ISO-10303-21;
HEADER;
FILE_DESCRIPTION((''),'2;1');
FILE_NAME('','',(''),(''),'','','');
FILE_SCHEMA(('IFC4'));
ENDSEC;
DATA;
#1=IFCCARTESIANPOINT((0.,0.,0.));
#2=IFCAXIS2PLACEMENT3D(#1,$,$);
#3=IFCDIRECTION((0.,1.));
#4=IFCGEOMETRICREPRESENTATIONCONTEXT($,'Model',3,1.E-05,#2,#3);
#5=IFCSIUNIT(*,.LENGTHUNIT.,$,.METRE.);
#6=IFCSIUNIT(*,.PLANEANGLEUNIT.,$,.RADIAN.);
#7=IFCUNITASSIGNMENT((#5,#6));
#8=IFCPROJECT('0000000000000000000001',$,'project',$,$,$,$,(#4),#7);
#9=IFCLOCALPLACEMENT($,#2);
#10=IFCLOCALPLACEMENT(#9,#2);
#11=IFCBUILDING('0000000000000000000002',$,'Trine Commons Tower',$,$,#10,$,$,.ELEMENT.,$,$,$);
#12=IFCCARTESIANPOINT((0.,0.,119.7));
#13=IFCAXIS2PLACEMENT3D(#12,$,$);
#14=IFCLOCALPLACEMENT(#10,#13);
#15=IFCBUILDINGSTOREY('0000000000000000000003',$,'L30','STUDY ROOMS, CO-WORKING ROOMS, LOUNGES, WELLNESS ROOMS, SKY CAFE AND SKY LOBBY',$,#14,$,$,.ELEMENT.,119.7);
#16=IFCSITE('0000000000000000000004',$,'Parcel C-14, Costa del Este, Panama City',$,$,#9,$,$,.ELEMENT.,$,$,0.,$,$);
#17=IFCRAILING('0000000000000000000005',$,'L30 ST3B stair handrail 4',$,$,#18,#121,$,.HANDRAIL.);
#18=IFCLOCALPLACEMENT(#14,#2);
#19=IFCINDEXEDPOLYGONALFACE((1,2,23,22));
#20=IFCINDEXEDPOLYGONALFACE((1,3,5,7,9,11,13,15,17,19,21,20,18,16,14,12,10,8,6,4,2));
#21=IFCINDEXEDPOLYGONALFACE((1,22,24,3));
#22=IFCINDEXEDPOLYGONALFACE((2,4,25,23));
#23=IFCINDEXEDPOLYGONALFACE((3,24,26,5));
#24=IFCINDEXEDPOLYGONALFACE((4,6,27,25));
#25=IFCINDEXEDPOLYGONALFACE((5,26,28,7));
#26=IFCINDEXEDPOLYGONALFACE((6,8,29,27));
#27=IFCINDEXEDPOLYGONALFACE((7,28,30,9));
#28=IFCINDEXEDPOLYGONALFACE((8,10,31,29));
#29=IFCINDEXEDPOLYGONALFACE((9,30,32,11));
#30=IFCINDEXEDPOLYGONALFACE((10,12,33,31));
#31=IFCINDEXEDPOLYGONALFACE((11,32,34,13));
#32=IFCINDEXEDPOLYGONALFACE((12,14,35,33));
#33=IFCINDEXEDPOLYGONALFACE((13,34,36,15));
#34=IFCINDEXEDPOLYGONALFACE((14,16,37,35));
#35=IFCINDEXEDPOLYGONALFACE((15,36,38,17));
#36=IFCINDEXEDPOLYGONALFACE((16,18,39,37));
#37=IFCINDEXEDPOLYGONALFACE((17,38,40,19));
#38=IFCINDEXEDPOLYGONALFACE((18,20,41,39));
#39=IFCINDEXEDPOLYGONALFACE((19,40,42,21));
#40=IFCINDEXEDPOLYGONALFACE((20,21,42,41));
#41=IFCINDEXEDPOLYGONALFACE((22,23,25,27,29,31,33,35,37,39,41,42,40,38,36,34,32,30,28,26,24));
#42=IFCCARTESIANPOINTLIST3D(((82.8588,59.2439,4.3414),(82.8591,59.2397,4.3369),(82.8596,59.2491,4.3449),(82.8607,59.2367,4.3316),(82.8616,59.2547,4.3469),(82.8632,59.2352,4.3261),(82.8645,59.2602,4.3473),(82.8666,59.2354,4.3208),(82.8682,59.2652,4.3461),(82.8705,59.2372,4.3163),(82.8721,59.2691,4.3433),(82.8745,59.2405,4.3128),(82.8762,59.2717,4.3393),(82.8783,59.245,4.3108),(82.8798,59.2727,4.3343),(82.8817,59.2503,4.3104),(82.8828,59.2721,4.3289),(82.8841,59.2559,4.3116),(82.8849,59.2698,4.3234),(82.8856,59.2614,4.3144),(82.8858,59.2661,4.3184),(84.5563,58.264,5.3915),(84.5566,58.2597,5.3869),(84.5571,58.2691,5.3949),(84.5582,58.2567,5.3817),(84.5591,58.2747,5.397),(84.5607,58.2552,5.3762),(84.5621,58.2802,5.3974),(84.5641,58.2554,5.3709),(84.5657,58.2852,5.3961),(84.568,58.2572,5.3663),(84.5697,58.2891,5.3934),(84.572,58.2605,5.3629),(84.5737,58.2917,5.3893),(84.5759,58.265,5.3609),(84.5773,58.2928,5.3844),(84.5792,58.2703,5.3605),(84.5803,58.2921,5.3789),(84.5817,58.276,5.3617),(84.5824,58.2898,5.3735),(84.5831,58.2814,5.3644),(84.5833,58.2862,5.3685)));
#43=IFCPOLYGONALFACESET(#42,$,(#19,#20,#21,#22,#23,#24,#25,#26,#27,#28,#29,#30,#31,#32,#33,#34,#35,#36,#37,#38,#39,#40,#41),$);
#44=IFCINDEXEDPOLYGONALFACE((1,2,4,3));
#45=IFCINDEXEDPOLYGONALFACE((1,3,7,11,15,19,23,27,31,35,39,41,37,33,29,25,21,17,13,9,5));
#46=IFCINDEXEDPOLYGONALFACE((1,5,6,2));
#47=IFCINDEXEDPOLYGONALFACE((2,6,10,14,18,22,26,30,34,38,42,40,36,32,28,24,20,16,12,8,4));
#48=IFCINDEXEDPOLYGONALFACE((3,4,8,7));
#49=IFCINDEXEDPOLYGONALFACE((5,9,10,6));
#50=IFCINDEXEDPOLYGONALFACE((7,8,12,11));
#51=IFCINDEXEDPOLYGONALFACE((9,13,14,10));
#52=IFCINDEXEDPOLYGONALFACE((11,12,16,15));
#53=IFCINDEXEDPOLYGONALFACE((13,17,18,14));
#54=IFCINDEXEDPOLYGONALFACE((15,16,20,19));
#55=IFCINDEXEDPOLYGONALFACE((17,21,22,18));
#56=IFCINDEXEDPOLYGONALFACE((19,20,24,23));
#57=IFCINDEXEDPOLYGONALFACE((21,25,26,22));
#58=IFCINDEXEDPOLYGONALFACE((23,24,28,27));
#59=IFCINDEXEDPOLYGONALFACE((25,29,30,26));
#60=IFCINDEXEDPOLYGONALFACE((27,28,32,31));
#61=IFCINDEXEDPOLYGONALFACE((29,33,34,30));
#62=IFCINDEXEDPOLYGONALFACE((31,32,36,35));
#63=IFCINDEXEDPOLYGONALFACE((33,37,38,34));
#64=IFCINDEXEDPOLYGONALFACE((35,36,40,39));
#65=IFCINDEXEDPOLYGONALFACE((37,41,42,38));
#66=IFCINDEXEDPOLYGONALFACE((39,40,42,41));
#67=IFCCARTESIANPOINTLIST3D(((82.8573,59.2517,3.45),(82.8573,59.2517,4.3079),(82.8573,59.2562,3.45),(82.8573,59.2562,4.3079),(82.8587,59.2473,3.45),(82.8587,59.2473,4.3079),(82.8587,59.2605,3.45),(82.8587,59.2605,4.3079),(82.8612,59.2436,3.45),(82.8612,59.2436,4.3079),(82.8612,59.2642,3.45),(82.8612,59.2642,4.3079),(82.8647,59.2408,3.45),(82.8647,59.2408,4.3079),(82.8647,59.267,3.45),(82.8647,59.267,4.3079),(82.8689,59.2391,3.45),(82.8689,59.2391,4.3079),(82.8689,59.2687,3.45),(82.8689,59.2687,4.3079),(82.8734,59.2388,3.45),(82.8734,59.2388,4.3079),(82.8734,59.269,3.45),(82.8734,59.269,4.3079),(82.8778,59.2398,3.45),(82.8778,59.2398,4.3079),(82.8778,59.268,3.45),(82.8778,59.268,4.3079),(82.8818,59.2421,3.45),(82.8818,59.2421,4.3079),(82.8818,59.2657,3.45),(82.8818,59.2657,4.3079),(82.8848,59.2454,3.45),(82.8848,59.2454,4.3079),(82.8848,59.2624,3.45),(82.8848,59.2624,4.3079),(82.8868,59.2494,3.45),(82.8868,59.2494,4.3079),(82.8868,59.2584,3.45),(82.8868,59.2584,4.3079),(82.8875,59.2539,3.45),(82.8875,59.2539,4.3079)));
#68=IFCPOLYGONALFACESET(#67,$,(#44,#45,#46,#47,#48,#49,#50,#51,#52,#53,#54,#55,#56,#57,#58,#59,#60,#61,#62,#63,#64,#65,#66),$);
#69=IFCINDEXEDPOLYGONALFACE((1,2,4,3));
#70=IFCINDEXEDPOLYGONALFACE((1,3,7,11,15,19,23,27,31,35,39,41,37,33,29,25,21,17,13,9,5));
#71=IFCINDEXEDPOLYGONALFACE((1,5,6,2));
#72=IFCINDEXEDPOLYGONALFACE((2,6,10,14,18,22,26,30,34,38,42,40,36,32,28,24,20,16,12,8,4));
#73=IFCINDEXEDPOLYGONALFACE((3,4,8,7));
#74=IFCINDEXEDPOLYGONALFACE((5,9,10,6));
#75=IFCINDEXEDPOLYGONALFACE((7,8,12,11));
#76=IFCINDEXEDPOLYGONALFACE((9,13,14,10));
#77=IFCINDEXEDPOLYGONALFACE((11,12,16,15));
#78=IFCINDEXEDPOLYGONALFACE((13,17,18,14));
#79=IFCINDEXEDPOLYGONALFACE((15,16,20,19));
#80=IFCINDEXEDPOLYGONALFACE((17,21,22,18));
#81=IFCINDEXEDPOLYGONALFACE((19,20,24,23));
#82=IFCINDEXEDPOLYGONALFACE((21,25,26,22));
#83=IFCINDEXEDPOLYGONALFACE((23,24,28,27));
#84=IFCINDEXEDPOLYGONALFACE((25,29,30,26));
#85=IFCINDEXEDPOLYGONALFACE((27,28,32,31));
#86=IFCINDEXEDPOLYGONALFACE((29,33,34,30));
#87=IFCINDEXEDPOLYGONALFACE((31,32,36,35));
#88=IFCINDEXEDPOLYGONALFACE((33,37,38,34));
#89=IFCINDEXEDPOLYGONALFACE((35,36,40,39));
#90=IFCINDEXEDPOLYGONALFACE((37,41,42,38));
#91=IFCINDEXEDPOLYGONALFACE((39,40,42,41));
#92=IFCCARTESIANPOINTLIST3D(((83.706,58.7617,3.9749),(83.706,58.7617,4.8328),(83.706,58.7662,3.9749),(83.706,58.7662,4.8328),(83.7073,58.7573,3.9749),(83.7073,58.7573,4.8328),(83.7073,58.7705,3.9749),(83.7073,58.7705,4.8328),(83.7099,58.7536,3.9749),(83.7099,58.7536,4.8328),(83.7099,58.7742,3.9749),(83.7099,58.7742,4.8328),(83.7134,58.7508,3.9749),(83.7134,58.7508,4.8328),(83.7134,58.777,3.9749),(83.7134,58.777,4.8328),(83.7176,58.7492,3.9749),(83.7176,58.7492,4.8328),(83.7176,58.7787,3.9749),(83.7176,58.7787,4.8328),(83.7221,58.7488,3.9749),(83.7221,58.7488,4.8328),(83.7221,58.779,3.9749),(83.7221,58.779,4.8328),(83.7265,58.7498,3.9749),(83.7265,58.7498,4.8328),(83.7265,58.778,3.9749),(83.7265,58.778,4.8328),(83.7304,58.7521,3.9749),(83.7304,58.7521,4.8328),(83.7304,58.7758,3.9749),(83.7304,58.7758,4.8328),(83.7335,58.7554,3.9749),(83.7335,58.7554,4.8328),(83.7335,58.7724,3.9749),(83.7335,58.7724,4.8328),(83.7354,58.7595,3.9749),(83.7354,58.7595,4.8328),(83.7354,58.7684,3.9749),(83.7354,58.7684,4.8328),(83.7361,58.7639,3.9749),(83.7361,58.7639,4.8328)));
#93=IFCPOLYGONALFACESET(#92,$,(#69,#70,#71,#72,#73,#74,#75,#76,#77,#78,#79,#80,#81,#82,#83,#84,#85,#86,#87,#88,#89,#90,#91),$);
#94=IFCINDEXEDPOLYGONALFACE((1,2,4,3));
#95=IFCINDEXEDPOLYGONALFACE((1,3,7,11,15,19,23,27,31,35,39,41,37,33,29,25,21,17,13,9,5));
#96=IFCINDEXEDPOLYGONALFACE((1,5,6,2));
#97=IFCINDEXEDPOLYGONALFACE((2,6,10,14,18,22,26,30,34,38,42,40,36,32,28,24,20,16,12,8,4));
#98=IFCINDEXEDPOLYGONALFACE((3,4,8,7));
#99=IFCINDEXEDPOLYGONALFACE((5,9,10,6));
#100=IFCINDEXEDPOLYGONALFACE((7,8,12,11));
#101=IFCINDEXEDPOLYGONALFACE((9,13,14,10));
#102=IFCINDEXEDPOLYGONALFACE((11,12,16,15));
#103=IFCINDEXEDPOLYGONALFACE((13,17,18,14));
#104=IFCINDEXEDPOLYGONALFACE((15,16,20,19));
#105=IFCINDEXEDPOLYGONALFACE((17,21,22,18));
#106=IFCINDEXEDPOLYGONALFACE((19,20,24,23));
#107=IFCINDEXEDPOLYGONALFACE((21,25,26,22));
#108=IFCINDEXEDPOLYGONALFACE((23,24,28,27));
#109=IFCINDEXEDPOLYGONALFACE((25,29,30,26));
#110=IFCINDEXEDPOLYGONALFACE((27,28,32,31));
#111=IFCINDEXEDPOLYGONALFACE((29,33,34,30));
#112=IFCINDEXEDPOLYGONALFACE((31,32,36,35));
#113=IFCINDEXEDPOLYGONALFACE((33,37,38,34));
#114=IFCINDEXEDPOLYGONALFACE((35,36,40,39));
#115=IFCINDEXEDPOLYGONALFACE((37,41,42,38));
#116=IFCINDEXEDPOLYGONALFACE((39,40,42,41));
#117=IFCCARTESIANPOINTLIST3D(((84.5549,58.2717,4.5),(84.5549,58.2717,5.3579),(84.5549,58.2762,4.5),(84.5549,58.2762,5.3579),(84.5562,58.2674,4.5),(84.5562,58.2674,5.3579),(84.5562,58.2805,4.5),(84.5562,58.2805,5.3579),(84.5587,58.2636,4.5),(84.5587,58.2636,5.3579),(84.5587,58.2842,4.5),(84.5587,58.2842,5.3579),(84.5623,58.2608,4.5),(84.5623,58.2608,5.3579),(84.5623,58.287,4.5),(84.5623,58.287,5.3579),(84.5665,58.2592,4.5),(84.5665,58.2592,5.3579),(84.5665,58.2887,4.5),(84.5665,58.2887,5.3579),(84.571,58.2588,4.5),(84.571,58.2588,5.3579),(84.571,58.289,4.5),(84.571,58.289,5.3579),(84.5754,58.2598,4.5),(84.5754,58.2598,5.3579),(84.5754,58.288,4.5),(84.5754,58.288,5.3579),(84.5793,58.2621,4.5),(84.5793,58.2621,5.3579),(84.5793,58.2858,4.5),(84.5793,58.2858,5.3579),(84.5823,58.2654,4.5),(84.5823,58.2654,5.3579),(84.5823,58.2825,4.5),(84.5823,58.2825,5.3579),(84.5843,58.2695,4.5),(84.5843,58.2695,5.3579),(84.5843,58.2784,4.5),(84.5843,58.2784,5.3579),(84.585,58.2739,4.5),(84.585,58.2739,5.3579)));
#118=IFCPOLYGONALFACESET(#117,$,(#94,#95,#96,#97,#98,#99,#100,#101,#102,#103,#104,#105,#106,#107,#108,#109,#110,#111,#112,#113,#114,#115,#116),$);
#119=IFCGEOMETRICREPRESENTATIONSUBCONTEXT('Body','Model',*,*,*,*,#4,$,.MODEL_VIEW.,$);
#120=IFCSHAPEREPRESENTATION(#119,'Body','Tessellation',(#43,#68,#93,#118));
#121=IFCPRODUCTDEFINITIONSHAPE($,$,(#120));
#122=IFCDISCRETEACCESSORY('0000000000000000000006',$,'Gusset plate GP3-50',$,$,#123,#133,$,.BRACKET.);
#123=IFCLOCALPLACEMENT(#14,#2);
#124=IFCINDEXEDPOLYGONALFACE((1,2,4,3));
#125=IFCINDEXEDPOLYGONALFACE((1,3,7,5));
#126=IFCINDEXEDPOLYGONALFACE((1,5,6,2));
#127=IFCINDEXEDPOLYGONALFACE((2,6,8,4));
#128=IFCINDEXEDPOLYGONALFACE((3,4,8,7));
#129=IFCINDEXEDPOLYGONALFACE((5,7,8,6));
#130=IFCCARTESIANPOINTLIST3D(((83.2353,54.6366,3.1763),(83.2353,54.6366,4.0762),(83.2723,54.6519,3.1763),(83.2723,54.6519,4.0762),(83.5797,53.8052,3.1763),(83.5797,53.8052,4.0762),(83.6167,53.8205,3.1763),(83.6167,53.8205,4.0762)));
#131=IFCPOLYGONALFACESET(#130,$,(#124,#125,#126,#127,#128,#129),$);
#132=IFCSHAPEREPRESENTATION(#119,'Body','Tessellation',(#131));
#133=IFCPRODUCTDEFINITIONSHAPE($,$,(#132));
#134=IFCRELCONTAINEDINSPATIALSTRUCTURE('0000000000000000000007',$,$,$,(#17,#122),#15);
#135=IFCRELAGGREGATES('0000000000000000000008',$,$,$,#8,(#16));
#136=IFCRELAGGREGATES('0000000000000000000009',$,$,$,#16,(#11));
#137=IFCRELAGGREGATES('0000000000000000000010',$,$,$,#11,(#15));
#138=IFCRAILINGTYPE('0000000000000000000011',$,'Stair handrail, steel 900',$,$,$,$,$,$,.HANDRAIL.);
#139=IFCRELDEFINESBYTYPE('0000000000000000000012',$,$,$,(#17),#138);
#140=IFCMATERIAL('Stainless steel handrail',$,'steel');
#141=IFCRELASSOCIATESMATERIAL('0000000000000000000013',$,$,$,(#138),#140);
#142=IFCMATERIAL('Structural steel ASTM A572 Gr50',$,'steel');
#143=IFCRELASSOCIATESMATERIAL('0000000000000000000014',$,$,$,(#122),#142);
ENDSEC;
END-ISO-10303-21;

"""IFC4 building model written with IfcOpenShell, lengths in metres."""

from ifc_helpers import new_model, si_unit, direction, frame, origin, origin_2d, place, context, subcontext, project, spatial, rectangle, circle, extrude, material, type_object, element, save


model = new_model("IFC4")

# Units and contexts
model_context = context("Model", 3, precision=1e-05, world=origin(), true_north=direction((0.0, 1.0)))
body_context = subcontext(model_context, "Body", "Model", "MODEL_VIEW")
ifc_project = project(units=[si_unit("LENGTHUNIT", "METRE"), si_unit("PLANEANGLEUNIT", "RADIAN")], contexts=[model_context])

# Site, building, storey
site_placement = place(None, origin())
site = spatial("IfcSite", under=ifc_project, at=site_placement, Name="Parcel C-14, Costa del Este, Panama City", CompositionType="ELEMENT", RefElevation=0.0)
building_placement = place(site_placement, origin())
building = spatial("IfcBuilding", under=site, at=building_placement, Name="Trine Commons Tower", CompositionType="ELEMENT")
storey_placement = place(building_placement, frame((0.0, 0.0, 119.7)))
storey = spatial("IfcBuildingStorey", under=building, at=storey_placement, Name="L30", Description="STUDY ROOMS, CO-WORKING ROOMS, LOUNGES, WELLNESS ROOMS, SKY CAFE AND SKY LOBBY", CompositionType="ELEMENT", Elevation=119.7)

# Railing
ifc_material_1 = material(Name="Stainless steel handrail", Category="steel")
railing_type_1 = type_object("IfcRailingType", Name="Stair handrail, steel 900", PredefinedType="HANDRAIL", material=ifc_material_1)
railing_1_placement = place(storey_placement, frame((82.8723, 59.2539, 3.45)))
element("IfcRailing", 1, at=railing_1_placement, inside=storey, type_object=railing_type_1, Name="L30 ST3B stair handrail 4", PredefinedType="HANDRAIL", context=body_context, shape_type="SweptSolid", body=[
    extrude(circle(Radius=0.021, at=origin_2d()), frame((0.0, 0.0, 0.8789), z_axis=(0.763398, -0.440713, 0.472224), x_axis=(0.49997, 0.866042, 0.0)), (0.0, 0.0, 1.0), 2.2236),
    extrude(circle(Radius=0.0151, at=origin_2d()), origin(), (0.0, 0.0, 1.0), 0.8579),
    extrude(circle(Radius=0.0151, at=origin_2d()), frame((0.8486, -0.49, 0.5249)), (0.0, 0.0, 1.0), 0.8579),
    extrude(circle(Radius=0.0151, at=origin_2d()), frame((1.6975, -0.98, 1.05)), (0.0, 0.0, 1.0), 0.8579),
])

# Discrete accessory
ifc_material_2 = material(Name="Structural steel ASTM A572 Gr50", Category="steel")
discrete_accessory_placement = place(storey_placement, frame((83.426, 54.2285, 3.1763), z_axis=(0.0, 0.0, 1.0), x_axis=(0.382683, -0.92388, 0.0)))
element("IfcDiscreteAccessory", 2, at=discrete_accessory_placement, inside=storey, material=ifc_material_2, Name="Gusset plate GP3-50", PredefinedType="BRACKET", context=body_context, shape_type="SweptSolid", body=[
    extrude(rectangle(XDim=0.8999, YDim=0.04, at=origin_2d()), origin(), (0.0, 0.0, 1.0), 0.8999),
])

save(model, "model.ifc")
